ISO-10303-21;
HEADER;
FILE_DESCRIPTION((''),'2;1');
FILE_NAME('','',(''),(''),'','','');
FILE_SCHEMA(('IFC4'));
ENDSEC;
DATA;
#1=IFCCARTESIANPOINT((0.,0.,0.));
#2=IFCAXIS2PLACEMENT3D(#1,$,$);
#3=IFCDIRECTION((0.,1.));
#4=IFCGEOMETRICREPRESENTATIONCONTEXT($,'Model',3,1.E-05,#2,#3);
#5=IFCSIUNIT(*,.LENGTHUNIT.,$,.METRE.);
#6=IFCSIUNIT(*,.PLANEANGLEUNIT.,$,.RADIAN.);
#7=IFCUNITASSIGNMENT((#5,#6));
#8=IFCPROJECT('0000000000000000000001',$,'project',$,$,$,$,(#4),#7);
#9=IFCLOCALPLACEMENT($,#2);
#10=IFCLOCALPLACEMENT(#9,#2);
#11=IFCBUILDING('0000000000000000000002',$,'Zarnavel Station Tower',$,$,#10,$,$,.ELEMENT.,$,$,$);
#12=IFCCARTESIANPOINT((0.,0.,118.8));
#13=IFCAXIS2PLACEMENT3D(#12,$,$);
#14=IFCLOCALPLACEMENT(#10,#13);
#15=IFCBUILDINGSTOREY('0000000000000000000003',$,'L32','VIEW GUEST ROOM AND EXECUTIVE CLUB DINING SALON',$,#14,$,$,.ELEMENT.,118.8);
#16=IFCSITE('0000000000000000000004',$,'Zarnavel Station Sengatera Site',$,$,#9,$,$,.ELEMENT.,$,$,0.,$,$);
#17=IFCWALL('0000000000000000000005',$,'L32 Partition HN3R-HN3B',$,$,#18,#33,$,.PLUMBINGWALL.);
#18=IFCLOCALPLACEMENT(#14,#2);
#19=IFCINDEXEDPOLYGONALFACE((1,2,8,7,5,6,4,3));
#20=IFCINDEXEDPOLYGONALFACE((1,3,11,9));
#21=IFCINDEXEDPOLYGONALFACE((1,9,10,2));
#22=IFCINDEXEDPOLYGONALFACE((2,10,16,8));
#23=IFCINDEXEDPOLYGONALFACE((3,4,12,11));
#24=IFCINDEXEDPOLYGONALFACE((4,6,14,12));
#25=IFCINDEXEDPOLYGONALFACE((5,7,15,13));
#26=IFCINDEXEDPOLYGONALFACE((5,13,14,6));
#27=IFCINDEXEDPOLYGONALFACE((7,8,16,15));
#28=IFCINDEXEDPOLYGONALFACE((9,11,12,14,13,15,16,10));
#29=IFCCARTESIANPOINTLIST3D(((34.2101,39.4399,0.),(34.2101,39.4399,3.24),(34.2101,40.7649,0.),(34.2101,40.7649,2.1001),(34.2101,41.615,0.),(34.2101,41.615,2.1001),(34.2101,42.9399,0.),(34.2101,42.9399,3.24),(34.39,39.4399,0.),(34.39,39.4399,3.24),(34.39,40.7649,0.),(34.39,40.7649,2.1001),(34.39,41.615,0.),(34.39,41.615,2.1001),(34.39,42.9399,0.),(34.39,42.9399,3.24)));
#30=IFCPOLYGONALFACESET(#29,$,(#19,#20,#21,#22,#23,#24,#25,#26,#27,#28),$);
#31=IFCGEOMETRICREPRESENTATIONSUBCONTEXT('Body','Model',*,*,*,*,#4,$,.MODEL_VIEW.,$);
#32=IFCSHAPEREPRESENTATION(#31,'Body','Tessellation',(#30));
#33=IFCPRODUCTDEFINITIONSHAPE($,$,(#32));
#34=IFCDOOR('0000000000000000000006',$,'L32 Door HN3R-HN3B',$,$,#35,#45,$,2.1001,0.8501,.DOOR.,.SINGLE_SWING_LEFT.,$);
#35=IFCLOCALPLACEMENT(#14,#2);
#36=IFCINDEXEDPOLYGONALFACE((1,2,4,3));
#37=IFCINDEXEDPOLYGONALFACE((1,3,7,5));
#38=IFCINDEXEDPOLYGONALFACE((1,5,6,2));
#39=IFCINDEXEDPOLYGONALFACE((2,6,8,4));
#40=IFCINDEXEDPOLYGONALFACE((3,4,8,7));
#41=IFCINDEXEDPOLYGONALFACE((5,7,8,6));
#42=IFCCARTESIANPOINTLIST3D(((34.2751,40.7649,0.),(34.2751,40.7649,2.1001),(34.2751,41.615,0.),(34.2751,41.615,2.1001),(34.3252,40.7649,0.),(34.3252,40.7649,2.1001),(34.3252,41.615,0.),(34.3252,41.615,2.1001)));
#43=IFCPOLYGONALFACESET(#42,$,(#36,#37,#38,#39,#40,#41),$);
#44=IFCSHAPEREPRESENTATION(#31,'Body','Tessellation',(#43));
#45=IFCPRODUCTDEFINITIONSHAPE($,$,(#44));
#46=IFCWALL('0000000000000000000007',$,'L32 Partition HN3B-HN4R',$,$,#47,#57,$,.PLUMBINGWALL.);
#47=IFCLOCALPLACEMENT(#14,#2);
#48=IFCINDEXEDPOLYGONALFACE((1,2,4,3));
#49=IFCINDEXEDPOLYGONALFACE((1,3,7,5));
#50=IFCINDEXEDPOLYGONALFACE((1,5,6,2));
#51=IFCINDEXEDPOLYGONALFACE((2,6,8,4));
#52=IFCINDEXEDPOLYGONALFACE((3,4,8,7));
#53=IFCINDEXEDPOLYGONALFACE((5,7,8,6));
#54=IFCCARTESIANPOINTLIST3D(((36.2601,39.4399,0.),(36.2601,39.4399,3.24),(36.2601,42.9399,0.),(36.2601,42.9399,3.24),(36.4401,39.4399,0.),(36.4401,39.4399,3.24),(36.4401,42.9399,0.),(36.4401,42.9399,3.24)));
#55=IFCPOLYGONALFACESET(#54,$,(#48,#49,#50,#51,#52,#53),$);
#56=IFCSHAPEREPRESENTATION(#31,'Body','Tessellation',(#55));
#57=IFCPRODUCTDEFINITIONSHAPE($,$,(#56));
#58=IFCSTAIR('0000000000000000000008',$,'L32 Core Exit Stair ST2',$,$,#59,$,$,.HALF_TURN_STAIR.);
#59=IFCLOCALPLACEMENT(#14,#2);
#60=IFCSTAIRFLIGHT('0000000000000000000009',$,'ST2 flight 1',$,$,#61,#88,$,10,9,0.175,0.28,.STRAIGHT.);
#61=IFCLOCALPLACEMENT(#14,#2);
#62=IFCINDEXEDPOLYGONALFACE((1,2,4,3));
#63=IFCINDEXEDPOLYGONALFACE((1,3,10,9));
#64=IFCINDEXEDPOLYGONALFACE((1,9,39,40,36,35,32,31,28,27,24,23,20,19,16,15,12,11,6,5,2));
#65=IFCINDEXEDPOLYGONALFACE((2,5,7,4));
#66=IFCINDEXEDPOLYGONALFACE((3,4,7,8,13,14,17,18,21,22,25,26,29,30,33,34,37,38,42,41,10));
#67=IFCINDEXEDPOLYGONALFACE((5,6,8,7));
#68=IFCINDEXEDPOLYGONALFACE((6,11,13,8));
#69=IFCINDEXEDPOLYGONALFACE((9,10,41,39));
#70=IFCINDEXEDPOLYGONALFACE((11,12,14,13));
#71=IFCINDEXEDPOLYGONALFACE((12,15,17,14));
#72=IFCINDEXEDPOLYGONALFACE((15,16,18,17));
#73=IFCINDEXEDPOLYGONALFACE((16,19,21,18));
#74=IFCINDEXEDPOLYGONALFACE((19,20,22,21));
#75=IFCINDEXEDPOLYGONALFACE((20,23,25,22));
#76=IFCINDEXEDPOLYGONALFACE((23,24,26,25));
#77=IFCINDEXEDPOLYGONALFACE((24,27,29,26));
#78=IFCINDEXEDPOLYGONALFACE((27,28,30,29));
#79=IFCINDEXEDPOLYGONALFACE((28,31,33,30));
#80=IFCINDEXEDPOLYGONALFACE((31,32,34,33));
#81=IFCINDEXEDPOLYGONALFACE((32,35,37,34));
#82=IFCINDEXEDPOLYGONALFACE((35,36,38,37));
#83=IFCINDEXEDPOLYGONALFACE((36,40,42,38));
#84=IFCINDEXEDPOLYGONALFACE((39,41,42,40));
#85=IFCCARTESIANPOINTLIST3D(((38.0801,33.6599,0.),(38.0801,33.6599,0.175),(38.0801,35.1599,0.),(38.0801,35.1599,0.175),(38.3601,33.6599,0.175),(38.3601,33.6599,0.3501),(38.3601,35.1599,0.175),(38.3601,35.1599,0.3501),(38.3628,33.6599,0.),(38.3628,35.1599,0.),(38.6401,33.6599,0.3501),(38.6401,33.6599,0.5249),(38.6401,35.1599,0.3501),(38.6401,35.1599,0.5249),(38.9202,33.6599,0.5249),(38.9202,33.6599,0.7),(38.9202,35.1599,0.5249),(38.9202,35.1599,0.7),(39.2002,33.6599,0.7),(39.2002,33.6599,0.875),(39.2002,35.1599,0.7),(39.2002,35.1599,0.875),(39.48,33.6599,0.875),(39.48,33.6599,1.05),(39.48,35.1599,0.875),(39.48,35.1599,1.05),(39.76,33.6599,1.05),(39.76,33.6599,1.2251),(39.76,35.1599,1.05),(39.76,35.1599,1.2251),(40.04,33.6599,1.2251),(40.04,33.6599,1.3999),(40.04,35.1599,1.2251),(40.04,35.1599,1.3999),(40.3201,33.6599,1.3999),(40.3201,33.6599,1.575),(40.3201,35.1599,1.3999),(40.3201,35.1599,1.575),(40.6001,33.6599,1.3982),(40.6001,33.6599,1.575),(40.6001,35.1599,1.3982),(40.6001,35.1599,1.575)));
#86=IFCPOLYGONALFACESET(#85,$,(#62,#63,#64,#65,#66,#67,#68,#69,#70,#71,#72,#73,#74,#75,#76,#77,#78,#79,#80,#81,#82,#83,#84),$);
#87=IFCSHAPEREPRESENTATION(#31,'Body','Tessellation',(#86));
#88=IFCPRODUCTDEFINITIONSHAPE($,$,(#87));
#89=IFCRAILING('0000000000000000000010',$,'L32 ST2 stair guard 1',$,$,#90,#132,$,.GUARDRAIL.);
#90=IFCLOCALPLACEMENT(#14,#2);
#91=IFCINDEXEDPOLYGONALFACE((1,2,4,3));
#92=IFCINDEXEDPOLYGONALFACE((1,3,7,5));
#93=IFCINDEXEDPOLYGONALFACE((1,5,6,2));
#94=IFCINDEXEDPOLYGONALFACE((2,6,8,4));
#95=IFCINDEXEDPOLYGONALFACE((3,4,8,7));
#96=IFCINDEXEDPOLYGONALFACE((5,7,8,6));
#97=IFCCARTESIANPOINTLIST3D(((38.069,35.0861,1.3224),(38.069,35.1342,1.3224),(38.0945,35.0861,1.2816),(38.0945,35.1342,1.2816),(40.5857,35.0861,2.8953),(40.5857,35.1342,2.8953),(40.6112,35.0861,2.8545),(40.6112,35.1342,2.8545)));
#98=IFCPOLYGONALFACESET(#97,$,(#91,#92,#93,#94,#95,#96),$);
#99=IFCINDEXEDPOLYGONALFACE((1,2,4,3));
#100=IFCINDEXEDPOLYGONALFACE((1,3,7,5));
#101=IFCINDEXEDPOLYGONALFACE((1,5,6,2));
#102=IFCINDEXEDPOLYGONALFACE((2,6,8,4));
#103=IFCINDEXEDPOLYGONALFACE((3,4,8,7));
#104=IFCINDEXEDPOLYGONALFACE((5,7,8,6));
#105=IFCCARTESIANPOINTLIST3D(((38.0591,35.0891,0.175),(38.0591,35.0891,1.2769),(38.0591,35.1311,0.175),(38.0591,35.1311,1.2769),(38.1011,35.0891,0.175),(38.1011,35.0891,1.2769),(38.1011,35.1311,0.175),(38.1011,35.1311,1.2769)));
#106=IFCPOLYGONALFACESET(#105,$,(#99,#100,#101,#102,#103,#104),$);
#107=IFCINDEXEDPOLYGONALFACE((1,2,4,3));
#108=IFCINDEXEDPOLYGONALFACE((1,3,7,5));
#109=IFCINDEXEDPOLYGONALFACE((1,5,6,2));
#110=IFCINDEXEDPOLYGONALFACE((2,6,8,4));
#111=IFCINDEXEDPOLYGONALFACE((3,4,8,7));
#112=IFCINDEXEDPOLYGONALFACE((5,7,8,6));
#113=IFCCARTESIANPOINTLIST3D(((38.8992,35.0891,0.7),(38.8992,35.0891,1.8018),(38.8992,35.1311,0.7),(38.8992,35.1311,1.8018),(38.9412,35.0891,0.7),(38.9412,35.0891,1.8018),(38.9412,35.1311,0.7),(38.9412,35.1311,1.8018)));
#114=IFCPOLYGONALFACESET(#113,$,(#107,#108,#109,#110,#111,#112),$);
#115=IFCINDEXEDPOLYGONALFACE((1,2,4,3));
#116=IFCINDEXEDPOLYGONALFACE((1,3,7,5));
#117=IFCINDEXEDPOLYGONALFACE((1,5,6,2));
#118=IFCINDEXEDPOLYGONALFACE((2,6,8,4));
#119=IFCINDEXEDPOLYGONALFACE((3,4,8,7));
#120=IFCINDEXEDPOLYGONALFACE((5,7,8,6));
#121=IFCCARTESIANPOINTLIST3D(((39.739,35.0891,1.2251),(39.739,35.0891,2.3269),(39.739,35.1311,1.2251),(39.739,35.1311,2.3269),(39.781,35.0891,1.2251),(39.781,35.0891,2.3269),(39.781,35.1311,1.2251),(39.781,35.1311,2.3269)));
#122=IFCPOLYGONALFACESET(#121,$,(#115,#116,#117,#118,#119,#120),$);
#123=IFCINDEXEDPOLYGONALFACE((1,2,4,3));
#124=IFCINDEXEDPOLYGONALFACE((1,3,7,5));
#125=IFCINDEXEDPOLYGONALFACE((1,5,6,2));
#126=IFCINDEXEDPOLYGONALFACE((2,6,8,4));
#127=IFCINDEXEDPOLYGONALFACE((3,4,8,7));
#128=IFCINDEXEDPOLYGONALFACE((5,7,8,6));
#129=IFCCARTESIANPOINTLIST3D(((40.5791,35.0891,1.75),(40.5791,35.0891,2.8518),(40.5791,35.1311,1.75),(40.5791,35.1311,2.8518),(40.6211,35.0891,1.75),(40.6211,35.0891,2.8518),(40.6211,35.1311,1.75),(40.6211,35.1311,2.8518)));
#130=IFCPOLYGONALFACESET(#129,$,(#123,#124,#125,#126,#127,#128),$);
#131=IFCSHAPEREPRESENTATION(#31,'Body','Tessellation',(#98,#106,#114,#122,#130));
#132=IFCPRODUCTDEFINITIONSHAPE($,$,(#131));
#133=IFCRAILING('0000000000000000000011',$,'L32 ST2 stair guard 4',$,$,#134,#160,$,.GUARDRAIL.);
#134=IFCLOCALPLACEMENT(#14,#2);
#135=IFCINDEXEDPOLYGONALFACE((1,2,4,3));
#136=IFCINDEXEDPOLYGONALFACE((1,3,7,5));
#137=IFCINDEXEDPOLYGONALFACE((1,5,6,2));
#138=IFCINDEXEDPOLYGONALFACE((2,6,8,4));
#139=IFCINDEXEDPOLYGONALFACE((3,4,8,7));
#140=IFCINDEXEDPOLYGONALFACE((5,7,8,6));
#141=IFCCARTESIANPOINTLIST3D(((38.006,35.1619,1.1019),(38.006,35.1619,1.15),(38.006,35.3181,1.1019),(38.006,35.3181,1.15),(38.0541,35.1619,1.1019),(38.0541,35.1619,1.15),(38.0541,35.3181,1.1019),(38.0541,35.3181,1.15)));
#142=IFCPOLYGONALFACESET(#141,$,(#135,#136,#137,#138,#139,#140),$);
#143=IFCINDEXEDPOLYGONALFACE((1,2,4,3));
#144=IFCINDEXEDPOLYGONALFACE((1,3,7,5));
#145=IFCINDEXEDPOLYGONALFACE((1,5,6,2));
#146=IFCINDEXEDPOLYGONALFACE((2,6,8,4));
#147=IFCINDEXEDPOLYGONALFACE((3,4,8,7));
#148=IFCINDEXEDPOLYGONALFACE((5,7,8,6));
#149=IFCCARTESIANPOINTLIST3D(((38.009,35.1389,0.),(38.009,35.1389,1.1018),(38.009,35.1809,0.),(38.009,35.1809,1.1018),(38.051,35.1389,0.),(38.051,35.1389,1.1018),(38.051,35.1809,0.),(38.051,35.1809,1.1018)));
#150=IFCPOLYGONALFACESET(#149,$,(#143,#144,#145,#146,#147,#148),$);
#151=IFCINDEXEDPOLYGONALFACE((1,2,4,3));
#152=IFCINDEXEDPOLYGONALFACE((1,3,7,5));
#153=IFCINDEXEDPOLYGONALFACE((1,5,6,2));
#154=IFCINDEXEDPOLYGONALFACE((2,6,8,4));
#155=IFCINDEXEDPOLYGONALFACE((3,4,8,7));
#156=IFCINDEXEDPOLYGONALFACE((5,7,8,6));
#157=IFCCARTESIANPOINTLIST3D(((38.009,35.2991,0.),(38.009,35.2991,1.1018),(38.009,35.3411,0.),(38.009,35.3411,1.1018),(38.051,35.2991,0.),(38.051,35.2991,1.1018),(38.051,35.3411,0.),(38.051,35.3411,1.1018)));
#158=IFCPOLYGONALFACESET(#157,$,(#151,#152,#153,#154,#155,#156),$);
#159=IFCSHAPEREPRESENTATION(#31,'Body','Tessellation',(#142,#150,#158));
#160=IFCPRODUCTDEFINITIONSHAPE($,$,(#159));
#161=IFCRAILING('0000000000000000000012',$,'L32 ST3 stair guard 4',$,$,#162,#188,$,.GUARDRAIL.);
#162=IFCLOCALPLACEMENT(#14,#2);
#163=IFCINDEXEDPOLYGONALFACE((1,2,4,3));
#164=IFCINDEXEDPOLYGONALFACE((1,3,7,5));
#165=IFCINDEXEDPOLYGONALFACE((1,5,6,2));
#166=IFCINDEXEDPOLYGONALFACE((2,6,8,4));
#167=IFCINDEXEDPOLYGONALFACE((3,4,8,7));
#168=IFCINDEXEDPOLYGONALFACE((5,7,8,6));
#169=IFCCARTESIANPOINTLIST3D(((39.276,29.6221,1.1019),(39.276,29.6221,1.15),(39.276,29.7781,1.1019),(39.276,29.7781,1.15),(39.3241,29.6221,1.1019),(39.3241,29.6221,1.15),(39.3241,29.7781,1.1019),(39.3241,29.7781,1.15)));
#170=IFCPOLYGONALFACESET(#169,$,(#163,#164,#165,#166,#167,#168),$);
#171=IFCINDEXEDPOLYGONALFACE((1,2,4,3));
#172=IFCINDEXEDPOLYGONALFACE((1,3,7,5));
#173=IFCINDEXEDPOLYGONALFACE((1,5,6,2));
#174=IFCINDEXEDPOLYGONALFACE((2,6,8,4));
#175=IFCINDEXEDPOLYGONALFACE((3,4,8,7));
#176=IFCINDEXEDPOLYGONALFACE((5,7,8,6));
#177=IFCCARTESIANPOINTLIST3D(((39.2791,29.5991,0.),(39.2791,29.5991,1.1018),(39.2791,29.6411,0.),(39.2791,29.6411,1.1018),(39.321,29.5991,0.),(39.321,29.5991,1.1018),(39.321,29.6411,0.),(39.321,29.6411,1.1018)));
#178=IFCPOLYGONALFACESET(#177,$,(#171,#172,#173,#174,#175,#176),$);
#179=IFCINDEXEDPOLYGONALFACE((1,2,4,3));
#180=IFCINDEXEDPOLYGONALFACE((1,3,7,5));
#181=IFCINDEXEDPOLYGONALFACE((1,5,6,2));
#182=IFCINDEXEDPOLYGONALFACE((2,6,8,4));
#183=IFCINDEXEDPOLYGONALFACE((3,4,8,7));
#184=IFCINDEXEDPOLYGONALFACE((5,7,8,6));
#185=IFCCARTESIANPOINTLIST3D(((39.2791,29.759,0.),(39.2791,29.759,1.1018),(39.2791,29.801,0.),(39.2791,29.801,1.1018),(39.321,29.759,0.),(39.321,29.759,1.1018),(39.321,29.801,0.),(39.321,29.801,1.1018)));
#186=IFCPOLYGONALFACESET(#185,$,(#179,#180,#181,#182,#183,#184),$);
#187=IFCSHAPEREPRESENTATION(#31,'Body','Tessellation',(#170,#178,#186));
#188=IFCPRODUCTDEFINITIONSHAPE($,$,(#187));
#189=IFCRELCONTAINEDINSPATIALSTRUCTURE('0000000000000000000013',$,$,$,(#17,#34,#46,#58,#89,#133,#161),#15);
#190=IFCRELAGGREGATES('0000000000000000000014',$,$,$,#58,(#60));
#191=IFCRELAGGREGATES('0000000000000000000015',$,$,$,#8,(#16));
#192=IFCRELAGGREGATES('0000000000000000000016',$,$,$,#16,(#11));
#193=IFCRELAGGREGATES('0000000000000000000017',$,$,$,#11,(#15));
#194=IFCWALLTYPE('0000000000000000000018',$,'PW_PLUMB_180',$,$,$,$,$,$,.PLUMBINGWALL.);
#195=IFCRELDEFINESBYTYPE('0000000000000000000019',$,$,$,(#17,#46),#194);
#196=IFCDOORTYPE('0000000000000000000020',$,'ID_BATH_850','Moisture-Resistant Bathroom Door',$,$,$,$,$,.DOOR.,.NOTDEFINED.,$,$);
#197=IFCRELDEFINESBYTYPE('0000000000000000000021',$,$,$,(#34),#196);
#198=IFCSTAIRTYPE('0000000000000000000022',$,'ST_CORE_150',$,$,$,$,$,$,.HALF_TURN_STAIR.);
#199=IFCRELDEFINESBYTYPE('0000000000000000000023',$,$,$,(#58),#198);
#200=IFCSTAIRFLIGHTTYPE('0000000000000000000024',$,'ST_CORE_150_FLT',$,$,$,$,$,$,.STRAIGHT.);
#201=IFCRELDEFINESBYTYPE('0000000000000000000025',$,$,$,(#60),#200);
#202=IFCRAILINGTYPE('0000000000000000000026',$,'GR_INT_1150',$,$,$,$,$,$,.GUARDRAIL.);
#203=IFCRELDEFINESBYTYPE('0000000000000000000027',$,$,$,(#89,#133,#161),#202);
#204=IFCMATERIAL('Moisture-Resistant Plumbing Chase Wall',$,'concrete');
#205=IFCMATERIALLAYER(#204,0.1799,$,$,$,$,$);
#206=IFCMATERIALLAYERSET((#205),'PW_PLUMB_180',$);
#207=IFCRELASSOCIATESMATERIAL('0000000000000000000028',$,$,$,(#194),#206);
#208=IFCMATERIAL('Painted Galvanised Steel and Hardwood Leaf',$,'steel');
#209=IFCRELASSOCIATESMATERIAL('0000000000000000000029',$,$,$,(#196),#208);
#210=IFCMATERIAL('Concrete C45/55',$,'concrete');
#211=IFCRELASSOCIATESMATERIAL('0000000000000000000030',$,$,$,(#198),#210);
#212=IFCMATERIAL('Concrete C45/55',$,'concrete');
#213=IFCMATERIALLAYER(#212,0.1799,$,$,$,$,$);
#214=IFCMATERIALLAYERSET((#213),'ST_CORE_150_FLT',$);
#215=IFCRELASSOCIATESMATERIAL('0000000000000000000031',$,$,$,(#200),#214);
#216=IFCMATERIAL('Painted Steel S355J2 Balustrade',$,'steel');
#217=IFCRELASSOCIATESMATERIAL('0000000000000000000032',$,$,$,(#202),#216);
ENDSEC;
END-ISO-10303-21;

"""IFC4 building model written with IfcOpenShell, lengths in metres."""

from ifc_helpers import new_model, si_unit, direction, frame, frame_2d, origin, origin_2d, place, context, subcontext, project, spatial, polyline, rectangle, outline, extrude, material, layer, layer_set, type_object, element, fill, aggregate, save


model = new_model("IFC4")

# Units and contexts
model_context = context("Model", 3, precision=1e-05, world=origin(), true_north=direction((0.0, 1.0)))
body_context = subcontext(model_context, "Body", "Model", "MODEL_VIEW")
ifc_project = project(units=[si_unit("LENGTHUNIT", "METRE"), si_unit("PLANEANGLEUNIT", "RADIAN")], contexts=[model_context])

# Site, building, storey
site_placement = place(None, origin())
site = spatial("IfcSite", under=ifc_project, at=site_placement, Name="Zarnavel Station Sengatera Site", CompositionType="ELEMENT", RefElevation=0.0)
building_placement = place(site_placement, origin())
building = spatial("IfcBuilding", under=site, at=building_placement, Name="Zarnavel Station Tower", CompositionType="ELEMENT")
storey_placement = place(building_placement, frame((0.0, 0.0, 118.8)))
storey = spatial("IfcBuildingStorey", under=building, at=storey_placement, Name="L32", Description="VIEW GUEST ROOM AND EXECUTIVE CLUB DINING SALON", CompositionType="ELEMENT", Elevation=118.8)

# Shared definitions
ifc_material_1 = material(Name="Moisture-Resistant Plumbing Chase Wall", Category="concrete")
ifc_layer_1 = layer(ifc_material_1, 0.1799)
ifc_layer_set_1 = layer_set([ifc_layer_1], Name="PW_PLUMB_180")
wall_type_1 = type_object("IfcWallType", Name="PW_PLUMB_180", PredefinedType="PLUMBINGWALL", material=ifc_layer_set_1)

# Wall, opening, door
wall_1_placement = place(storey_placement, frame((34.3, 39.4399, 0.0), z_axis=(0.0, 0.0, 1.0), x_axis=(0.0, 1.0, 0.0)))
wall_1 = element("IfcWall", 1, at=wall_1_placement, inside=storey, type_object=wall_type_1, Name="L32 Partition HN3R-HN3B", PredefinedType="PLUMBINGWALL", context=body_context, shape_type="SweptSolid", body=[
    extrude(rectangle(XDim=3.5, YDim=0.1799, at=frame_2d((1.75, 0.0))), origin(), (0.0, 0.0, 1.0), 3.24),
])
opening_1_placement = place(wall_1_placement, frame((1.325, 0.0, 0.0)))
opening_1 = element("IfcOpeningElement", 2, at=opening_1_placement, cuts=wall_1, PredefinedType="OPENING", context=body_context, shape_type="SweptSolid", body=[
    extrude(rectangle(XDim=0.8501, YDim=2.1001, at=frame_2d((0.425, 1.05))), frame((0.0, 0.0999, 0.0), z_axis=(0.0, -1.0, 0.0), x_axis=(1.0, 0.0, 0.0)), (0.0, 0.0, 1.0), 0.2),
])
ifc_material_2 = material(Name="Painted Galvanised Steel and Hardwood Leaf", Category="steel")
door_type_1 = type_object("IfcDoorType", Name="ID_BATH_850", Description="Moisture-Resistant Bathroom Door", OperationType="NOTDEFINED", PredefinedType="DOOR", material=ifc_material_2)
door_1_placement = place(opening_1_placement, origin())
door_1 = element("IfcDoor", 3, at=door_1_placement, inside=storey, type_object=door_type_1, Name="L32 Door HN3R-HN3B", OperationType="SINGLE_SWING_LEFT", OverallHeight=2.1001, OverallWidth=0.8501, PredefinedType="DOOR", context=body_context, shape_type="SweptSolid", body=[
    extrude(rectangle(XDim=0.8501, YDim=2.1001, at=frame_2d((0.425, 1.05))), frame((0.0, 0.0249, 0.0), z_axis=(0.0, -1.0, 0.0), x_axis=(1.0, 0.0, 0.0)), (0.0, 0.0, 1.0), 0.05),
])
fill(opening_1, door_1)

# Wall
wall_2_placement = place(storey_placement, frame((36.3501, 39.4399, 0.0), z_axis=(0.0, 0.0, 1.0), x_axis=(0.0, 1.0, 0.0)))
element("IfcWall", 4, at=wall_2_placement, inside=storey, type_object=wall_type_1, Name="L32 Partition HN3B-HN4R", PredefinedType="PLUMBINGWALL", context=body_context, shape_type="SweptSolid", body=[
    extrude(rectangle(XDim=3.5, YDim=0.1799, at=frame_2d((1.75, 0.0))), origin(), (0.0, 0.0, 1.0), 3.24),
])

# Stair, stair flight
ifc_material_3 = material(Name="Concrete C45/55", Category="concrete")
stair_type = type_object("IfcStairType", Name="ST_CORE_150", PredefinedType="HALF_TURN_STAIR", material=ifc_material_3)
stair_placement = place(storey_placement, origin())
stair = element("IfcStair", 5, at=stair_placement, inside=storey, type_object=stair_type, Name="L32 Core Exit Stair ST2", PredefinedType="HALF_TURN_STAIR")
ifc_material_4 = material(Name="Concrete C45/55", Category="concrete")
ifc_layer_2 = layer(ifc_material_4, 0.1799)
ifc_layer_set_2 = layer_set([ifc_layer_2], Name="ST_CORE_150_FLT")
stair_flight_type = type_object("IfcStairFlightType", Name="ST_CORE_150_FLT", PredefinedType="STRAIGHT", material=ifc_layer_set_2)
stair_flight_placement = place(storey_placement, frame((38.0801, 34.4099, 0.0), z_axis=(0.0, 0.0, 1.0), x_axis=(1.0, 0.0, 0.0)))
stair_flight = element("IfcStairFlight", 6, at=stair_flight_placement, type_object=stair_flight_type, Name="ST2 flight 1", NumberOfRisers=10, NumberOfTreads=9, PredefinedType="STRAIGHT", RiserHeight=0.175, TreadLength=0.28, context=body_context, shape_type="SweptSolid", body=[
    extrude(outline(polyline([(0.0, 0.0), (0.0, 0.175), (0.28, 0.175), (0.28, 0.3501), (0.5601, 0.3501), (0.5601, 0.5249), (0.8401, 0.5249), (0.8401, 0.7), (1.1201, 0.7), (1.1201, 0.875), (1.3999, 0.875), (1.3999, 1.05), (1.6799, 1.05), (1.6799, 1.2251), (1.96, 1.2251), (1.96, 1.3999), (2.24, 1.3999), (2.24, 1.575), (2.52, 1.575), (2.52, 1.75), (2.52, 1.3982), (0.2827, 0.0), (0.0, 0.0)])), frame((0.0, 0.75, 0.0), z_axis=(0.0, -1.0, 0.0), x_axis=(1.0, 0.0, 0.0)), (0.0, 0.0, 1.0), 1.5),
])
aggregate(stair, [stair_flight])

# Railings
ifc_material_5 = material(Name="Painted Steel S355J2 Balustrade", Category="steel")
railing_type_1 = type_object("IfcRailingType", Name="GR_INT_1150", PredefinedType="GUARDRAIL", material=ifc_material_5)
railing_1_placement = place(storey_placement, frame((38.0801, 35.1101, 0.175)))
element("IfcRailing", 7, at=railing_1_placement, inside=storey, type_object=railing_type_1, Name="L32 ST2 stair guard 1", PredefinedType="GUARDRAIL", context=body_context, shape_type="SweptSolid", body=[
    extrude(rectangle(XDim=0.0481, YDim=0.0481, at=origin_2d()), frame((0.0017, 0.0, 1.127), z_axis=(0.848008, 0.0, 0.529984), x_axis=(0.0, 1.0, 0.0)), (0.0, 0.0, 1.0), 2.9678),
    extrude(rectangle(XDim=0.042, YDim=0.042, at=origin_2d()), origin(), (0.0, 0.0, 1.0), 1.1018),
    extrude(rectangle(XDim=0.042, YDim=0.042, at=origin_2d()), frame((0.8401, 0.0, 0.5249)), (0.0, 0.0, 1.0), 1.1018),
    extrude(rectangle(XDim=0.042, YDim=0.042, at=origin_2d()), frame((1.6799, 0.0, 1.05)), (0.0, 0.0, 1.0), 1.1018),
    extrude(rectangle(XDim=0.042, YDim=0.042, at=origin_2d()), frame((2.52, 0.0, 1.575)), (0.0, 0.0, 1.0), 1.1018),
])
railing_2_placement = place(storey_placement, frame((38.03, 35.1599, 0.0)))
element("IfcRailing", 8, at=railing_2_placement, inside=storey, type_object=railing_type_1, Name="L32 ST2 stair guard 4", PredefinedType="GUARDRAIL", context=body_context, shape_type="SweptSolid", body=[
    extrude(rectangle(XDim=0.0481, YDim=0.0481, at=origin_2d()), frame((0.0, 0.002, 1.126), z_axis=(0.0, 1.0, 0.0), x_axis=(-1.0, 0.0, 0.0)), (0.0, 0.0, 1.0), 0.1562),
    extrude(rectangle(XDim=0.042, YDim=0.042, at=origin_2d()), origin(), (0.0, 0.0, 1.0), 1.1018),
    extrude(rectangle(XDim=0.042, YDim=0.042, at=origin_2d()), frame((0.0, 0.1602, 0.0)), (0.0, 0.0, 1.0), 1.1018),
])
railing_3_placement = place(storey_placement, frame((39.3, 29.6201, 0.0)))
element("IfcRailing", 9, at=railing_3_placement, inside=storey, type_object=railing_type_1, Name="L32 ST3 stair guard 4", PredefinedType="GUARDRAIL", context=body_context, shape_type="SweptSolid", body=[
    extrude(rectangle(XDim=0.0481, YDim=0.0481, at=origin_2d()), frame((0.0, 0.002, 1.126), z_axis=(0.0, 1.0, 0.0), x_axis=(-1.0, 0.0, 0.0)), (0.0, 0.0, 1.0), 0.156),
    extrude(rectangle(XDim=0.042, YDim=0.042, at=origin_2d()), origin(), (0.0, 0.0, 1.0), 1.1018),
    extrude(rectangle(XDim=0.042, YDim=0.042, at=origin_2d()), frame((0.0, 0.1599, 0.0)), (0.0, 0.0, 1.0), 1.1018),
])

save(model, "model.ifc")
